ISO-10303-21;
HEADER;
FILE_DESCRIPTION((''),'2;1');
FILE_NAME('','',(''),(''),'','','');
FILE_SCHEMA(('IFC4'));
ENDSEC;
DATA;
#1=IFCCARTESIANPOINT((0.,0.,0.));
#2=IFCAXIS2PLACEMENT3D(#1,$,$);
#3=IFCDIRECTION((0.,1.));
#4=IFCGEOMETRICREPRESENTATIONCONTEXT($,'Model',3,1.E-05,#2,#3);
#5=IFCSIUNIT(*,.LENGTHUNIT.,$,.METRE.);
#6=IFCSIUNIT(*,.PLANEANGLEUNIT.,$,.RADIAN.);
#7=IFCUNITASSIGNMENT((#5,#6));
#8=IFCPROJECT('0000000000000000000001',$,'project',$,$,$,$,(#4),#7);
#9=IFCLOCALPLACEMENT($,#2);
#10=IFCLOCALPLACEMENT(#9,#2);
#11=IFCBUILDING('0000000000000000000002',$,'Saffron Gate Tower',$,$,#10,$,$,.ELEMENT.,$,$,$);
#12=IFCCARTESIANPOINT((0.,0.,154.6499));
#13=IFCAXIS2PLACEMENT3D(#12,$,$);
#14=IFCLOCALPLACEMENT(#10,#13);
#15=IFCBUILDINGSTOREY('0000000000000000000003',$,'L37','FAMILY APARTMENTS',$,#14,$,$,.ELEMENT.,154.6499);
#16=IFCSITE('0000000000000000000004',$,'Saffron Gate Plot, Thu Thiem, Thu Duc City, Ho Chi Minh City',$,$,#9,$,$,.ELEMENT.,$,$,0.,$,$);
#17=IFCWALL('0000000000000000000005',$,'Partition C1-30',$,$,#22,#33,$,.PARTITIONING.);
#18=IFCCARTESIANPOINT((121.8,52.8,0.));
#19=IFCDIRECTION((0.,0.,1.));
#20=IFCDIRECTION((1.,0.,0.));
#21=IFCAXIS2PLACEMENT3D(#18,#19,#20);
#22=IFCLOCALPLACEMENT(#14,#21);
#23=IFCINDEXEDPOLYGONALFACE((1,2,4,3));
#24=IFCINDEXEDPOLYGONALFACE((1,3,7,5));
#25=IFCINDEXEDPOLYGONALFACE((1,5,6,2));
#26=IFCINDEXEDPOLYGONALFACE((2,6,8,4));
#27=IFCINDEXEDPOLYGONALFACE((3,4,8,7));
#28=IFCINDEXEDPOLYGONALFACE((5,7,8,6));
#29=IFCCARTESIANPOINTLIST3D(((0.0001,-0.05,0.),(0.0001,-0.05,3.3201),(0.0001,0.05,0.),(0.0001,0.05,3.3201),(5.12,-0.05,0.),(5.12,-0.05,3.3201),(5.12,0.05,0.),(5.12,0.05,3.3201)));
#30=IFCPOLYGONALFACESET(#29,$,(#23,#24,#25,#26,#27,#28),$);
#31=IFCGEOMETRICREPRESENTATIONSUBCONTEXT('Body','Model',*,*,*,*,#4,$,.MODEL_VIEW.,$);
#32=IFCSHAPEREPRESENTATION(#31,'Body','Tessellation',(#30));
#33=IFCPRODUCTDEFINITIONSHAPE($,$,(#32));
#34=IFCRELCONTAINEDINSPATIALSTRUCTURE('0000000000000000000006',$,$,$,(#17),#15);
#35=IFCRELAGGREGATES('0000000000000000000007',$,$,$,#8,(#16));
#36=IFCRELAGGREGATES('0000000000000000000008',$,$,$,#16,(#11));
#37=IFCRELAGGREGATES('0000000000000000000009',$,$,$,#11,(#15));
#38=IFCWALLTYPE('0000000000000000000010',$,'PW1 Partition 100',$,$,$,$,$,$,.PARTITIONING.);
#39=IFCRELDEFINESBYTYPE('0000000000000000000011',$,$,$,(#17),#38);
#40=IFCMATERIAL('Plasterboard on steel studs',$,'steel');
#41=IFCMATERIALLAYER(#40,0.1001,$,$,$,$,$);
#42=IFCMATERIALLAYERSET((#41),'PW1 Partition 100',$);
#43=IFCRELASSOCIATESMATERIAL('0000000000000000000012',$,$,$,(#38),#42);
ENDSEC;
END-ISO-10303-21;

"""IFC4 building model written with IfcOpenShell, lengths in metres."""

from ifc_helpers import new_model, si_unit, direction, frame, frame_2d, origin, place, context, subcontext, project, spatial, rectangle, extrude, material, layer, layer_set, type_object, element, save


model = new_model("IFC4")

# Units and contexts
model_context = context("Model", 3, precision=1e-05, world=origin(), true_north=direction((0.0, 1.0)))
body_context = subcontext(model_context, "Body", "Model", "MODEL_VIEW")
ifc_project = project(units=[si_unit("LENGTHUNIT", "METRE"), si_unit("PLANEANGLEUNIT", "RADIAN")], contexts=[model_context])

# Site, building, storey
site_placement = place(None, origin())
site = spatial("IfcSite", under=ifc_project, at=site_placement, Name="Saffron Gate Plot, Thu Thiem, Thu Duc City, Ho Chi Minh City", CompositionType="ELEMENT", RefElevation=0.0)
building_placement = place(site_placement, origin())
building = spatial("IfcBuilding", under=site, at=building_placement, Name="Saffron Gate Tower", CompositionType="ELEMENT")
storey_placement = place(building_placement, frame((0.0, 0.0, 154.6499)))
storey = spatial("IfcBuildingStorey", under=building, at=storey_placement, Name="L37", Description="FAMILY APARTMENTS", CompositionType="ELEMENT", Elevation=154.6499)

# Wall
ifc_material_1 = material(Name="Plasterboard on steel studs", Category="steel")
ifc_layer = layer(ifc_material_1, 0.1001)
ifc_layer_set = layer_set([ifc_layer], Name="PW1 Partition 100")
wall_type = type_object("IfcWallType", Name="PW1 Partition 100", PredefinedType="PARTITIONING", material=ifc_layer_set)
wall_1_placement = place(storey_placement, frame((121.8, 52.8, 0.0), z_axis=(0.0, 0.0, 1.0), x_axis=(1.0, 0.0, 0.0)))
element("IfcWall", 1, at=wall_1_placement, inside=storey, type_object=wall_type, Name="Partition C1-30", PredefinedType="PARTITIONING", context=body_context, shape_type="SweptSolid", body=[
    extrude(rectangle(XDim=5.1199, YDim=0.1001, at=frame_2d((2.5601, 0.0))), origin(), (0.0, 0.0, 1.0), 3.3201),
])

save(model, "model.ifc")
